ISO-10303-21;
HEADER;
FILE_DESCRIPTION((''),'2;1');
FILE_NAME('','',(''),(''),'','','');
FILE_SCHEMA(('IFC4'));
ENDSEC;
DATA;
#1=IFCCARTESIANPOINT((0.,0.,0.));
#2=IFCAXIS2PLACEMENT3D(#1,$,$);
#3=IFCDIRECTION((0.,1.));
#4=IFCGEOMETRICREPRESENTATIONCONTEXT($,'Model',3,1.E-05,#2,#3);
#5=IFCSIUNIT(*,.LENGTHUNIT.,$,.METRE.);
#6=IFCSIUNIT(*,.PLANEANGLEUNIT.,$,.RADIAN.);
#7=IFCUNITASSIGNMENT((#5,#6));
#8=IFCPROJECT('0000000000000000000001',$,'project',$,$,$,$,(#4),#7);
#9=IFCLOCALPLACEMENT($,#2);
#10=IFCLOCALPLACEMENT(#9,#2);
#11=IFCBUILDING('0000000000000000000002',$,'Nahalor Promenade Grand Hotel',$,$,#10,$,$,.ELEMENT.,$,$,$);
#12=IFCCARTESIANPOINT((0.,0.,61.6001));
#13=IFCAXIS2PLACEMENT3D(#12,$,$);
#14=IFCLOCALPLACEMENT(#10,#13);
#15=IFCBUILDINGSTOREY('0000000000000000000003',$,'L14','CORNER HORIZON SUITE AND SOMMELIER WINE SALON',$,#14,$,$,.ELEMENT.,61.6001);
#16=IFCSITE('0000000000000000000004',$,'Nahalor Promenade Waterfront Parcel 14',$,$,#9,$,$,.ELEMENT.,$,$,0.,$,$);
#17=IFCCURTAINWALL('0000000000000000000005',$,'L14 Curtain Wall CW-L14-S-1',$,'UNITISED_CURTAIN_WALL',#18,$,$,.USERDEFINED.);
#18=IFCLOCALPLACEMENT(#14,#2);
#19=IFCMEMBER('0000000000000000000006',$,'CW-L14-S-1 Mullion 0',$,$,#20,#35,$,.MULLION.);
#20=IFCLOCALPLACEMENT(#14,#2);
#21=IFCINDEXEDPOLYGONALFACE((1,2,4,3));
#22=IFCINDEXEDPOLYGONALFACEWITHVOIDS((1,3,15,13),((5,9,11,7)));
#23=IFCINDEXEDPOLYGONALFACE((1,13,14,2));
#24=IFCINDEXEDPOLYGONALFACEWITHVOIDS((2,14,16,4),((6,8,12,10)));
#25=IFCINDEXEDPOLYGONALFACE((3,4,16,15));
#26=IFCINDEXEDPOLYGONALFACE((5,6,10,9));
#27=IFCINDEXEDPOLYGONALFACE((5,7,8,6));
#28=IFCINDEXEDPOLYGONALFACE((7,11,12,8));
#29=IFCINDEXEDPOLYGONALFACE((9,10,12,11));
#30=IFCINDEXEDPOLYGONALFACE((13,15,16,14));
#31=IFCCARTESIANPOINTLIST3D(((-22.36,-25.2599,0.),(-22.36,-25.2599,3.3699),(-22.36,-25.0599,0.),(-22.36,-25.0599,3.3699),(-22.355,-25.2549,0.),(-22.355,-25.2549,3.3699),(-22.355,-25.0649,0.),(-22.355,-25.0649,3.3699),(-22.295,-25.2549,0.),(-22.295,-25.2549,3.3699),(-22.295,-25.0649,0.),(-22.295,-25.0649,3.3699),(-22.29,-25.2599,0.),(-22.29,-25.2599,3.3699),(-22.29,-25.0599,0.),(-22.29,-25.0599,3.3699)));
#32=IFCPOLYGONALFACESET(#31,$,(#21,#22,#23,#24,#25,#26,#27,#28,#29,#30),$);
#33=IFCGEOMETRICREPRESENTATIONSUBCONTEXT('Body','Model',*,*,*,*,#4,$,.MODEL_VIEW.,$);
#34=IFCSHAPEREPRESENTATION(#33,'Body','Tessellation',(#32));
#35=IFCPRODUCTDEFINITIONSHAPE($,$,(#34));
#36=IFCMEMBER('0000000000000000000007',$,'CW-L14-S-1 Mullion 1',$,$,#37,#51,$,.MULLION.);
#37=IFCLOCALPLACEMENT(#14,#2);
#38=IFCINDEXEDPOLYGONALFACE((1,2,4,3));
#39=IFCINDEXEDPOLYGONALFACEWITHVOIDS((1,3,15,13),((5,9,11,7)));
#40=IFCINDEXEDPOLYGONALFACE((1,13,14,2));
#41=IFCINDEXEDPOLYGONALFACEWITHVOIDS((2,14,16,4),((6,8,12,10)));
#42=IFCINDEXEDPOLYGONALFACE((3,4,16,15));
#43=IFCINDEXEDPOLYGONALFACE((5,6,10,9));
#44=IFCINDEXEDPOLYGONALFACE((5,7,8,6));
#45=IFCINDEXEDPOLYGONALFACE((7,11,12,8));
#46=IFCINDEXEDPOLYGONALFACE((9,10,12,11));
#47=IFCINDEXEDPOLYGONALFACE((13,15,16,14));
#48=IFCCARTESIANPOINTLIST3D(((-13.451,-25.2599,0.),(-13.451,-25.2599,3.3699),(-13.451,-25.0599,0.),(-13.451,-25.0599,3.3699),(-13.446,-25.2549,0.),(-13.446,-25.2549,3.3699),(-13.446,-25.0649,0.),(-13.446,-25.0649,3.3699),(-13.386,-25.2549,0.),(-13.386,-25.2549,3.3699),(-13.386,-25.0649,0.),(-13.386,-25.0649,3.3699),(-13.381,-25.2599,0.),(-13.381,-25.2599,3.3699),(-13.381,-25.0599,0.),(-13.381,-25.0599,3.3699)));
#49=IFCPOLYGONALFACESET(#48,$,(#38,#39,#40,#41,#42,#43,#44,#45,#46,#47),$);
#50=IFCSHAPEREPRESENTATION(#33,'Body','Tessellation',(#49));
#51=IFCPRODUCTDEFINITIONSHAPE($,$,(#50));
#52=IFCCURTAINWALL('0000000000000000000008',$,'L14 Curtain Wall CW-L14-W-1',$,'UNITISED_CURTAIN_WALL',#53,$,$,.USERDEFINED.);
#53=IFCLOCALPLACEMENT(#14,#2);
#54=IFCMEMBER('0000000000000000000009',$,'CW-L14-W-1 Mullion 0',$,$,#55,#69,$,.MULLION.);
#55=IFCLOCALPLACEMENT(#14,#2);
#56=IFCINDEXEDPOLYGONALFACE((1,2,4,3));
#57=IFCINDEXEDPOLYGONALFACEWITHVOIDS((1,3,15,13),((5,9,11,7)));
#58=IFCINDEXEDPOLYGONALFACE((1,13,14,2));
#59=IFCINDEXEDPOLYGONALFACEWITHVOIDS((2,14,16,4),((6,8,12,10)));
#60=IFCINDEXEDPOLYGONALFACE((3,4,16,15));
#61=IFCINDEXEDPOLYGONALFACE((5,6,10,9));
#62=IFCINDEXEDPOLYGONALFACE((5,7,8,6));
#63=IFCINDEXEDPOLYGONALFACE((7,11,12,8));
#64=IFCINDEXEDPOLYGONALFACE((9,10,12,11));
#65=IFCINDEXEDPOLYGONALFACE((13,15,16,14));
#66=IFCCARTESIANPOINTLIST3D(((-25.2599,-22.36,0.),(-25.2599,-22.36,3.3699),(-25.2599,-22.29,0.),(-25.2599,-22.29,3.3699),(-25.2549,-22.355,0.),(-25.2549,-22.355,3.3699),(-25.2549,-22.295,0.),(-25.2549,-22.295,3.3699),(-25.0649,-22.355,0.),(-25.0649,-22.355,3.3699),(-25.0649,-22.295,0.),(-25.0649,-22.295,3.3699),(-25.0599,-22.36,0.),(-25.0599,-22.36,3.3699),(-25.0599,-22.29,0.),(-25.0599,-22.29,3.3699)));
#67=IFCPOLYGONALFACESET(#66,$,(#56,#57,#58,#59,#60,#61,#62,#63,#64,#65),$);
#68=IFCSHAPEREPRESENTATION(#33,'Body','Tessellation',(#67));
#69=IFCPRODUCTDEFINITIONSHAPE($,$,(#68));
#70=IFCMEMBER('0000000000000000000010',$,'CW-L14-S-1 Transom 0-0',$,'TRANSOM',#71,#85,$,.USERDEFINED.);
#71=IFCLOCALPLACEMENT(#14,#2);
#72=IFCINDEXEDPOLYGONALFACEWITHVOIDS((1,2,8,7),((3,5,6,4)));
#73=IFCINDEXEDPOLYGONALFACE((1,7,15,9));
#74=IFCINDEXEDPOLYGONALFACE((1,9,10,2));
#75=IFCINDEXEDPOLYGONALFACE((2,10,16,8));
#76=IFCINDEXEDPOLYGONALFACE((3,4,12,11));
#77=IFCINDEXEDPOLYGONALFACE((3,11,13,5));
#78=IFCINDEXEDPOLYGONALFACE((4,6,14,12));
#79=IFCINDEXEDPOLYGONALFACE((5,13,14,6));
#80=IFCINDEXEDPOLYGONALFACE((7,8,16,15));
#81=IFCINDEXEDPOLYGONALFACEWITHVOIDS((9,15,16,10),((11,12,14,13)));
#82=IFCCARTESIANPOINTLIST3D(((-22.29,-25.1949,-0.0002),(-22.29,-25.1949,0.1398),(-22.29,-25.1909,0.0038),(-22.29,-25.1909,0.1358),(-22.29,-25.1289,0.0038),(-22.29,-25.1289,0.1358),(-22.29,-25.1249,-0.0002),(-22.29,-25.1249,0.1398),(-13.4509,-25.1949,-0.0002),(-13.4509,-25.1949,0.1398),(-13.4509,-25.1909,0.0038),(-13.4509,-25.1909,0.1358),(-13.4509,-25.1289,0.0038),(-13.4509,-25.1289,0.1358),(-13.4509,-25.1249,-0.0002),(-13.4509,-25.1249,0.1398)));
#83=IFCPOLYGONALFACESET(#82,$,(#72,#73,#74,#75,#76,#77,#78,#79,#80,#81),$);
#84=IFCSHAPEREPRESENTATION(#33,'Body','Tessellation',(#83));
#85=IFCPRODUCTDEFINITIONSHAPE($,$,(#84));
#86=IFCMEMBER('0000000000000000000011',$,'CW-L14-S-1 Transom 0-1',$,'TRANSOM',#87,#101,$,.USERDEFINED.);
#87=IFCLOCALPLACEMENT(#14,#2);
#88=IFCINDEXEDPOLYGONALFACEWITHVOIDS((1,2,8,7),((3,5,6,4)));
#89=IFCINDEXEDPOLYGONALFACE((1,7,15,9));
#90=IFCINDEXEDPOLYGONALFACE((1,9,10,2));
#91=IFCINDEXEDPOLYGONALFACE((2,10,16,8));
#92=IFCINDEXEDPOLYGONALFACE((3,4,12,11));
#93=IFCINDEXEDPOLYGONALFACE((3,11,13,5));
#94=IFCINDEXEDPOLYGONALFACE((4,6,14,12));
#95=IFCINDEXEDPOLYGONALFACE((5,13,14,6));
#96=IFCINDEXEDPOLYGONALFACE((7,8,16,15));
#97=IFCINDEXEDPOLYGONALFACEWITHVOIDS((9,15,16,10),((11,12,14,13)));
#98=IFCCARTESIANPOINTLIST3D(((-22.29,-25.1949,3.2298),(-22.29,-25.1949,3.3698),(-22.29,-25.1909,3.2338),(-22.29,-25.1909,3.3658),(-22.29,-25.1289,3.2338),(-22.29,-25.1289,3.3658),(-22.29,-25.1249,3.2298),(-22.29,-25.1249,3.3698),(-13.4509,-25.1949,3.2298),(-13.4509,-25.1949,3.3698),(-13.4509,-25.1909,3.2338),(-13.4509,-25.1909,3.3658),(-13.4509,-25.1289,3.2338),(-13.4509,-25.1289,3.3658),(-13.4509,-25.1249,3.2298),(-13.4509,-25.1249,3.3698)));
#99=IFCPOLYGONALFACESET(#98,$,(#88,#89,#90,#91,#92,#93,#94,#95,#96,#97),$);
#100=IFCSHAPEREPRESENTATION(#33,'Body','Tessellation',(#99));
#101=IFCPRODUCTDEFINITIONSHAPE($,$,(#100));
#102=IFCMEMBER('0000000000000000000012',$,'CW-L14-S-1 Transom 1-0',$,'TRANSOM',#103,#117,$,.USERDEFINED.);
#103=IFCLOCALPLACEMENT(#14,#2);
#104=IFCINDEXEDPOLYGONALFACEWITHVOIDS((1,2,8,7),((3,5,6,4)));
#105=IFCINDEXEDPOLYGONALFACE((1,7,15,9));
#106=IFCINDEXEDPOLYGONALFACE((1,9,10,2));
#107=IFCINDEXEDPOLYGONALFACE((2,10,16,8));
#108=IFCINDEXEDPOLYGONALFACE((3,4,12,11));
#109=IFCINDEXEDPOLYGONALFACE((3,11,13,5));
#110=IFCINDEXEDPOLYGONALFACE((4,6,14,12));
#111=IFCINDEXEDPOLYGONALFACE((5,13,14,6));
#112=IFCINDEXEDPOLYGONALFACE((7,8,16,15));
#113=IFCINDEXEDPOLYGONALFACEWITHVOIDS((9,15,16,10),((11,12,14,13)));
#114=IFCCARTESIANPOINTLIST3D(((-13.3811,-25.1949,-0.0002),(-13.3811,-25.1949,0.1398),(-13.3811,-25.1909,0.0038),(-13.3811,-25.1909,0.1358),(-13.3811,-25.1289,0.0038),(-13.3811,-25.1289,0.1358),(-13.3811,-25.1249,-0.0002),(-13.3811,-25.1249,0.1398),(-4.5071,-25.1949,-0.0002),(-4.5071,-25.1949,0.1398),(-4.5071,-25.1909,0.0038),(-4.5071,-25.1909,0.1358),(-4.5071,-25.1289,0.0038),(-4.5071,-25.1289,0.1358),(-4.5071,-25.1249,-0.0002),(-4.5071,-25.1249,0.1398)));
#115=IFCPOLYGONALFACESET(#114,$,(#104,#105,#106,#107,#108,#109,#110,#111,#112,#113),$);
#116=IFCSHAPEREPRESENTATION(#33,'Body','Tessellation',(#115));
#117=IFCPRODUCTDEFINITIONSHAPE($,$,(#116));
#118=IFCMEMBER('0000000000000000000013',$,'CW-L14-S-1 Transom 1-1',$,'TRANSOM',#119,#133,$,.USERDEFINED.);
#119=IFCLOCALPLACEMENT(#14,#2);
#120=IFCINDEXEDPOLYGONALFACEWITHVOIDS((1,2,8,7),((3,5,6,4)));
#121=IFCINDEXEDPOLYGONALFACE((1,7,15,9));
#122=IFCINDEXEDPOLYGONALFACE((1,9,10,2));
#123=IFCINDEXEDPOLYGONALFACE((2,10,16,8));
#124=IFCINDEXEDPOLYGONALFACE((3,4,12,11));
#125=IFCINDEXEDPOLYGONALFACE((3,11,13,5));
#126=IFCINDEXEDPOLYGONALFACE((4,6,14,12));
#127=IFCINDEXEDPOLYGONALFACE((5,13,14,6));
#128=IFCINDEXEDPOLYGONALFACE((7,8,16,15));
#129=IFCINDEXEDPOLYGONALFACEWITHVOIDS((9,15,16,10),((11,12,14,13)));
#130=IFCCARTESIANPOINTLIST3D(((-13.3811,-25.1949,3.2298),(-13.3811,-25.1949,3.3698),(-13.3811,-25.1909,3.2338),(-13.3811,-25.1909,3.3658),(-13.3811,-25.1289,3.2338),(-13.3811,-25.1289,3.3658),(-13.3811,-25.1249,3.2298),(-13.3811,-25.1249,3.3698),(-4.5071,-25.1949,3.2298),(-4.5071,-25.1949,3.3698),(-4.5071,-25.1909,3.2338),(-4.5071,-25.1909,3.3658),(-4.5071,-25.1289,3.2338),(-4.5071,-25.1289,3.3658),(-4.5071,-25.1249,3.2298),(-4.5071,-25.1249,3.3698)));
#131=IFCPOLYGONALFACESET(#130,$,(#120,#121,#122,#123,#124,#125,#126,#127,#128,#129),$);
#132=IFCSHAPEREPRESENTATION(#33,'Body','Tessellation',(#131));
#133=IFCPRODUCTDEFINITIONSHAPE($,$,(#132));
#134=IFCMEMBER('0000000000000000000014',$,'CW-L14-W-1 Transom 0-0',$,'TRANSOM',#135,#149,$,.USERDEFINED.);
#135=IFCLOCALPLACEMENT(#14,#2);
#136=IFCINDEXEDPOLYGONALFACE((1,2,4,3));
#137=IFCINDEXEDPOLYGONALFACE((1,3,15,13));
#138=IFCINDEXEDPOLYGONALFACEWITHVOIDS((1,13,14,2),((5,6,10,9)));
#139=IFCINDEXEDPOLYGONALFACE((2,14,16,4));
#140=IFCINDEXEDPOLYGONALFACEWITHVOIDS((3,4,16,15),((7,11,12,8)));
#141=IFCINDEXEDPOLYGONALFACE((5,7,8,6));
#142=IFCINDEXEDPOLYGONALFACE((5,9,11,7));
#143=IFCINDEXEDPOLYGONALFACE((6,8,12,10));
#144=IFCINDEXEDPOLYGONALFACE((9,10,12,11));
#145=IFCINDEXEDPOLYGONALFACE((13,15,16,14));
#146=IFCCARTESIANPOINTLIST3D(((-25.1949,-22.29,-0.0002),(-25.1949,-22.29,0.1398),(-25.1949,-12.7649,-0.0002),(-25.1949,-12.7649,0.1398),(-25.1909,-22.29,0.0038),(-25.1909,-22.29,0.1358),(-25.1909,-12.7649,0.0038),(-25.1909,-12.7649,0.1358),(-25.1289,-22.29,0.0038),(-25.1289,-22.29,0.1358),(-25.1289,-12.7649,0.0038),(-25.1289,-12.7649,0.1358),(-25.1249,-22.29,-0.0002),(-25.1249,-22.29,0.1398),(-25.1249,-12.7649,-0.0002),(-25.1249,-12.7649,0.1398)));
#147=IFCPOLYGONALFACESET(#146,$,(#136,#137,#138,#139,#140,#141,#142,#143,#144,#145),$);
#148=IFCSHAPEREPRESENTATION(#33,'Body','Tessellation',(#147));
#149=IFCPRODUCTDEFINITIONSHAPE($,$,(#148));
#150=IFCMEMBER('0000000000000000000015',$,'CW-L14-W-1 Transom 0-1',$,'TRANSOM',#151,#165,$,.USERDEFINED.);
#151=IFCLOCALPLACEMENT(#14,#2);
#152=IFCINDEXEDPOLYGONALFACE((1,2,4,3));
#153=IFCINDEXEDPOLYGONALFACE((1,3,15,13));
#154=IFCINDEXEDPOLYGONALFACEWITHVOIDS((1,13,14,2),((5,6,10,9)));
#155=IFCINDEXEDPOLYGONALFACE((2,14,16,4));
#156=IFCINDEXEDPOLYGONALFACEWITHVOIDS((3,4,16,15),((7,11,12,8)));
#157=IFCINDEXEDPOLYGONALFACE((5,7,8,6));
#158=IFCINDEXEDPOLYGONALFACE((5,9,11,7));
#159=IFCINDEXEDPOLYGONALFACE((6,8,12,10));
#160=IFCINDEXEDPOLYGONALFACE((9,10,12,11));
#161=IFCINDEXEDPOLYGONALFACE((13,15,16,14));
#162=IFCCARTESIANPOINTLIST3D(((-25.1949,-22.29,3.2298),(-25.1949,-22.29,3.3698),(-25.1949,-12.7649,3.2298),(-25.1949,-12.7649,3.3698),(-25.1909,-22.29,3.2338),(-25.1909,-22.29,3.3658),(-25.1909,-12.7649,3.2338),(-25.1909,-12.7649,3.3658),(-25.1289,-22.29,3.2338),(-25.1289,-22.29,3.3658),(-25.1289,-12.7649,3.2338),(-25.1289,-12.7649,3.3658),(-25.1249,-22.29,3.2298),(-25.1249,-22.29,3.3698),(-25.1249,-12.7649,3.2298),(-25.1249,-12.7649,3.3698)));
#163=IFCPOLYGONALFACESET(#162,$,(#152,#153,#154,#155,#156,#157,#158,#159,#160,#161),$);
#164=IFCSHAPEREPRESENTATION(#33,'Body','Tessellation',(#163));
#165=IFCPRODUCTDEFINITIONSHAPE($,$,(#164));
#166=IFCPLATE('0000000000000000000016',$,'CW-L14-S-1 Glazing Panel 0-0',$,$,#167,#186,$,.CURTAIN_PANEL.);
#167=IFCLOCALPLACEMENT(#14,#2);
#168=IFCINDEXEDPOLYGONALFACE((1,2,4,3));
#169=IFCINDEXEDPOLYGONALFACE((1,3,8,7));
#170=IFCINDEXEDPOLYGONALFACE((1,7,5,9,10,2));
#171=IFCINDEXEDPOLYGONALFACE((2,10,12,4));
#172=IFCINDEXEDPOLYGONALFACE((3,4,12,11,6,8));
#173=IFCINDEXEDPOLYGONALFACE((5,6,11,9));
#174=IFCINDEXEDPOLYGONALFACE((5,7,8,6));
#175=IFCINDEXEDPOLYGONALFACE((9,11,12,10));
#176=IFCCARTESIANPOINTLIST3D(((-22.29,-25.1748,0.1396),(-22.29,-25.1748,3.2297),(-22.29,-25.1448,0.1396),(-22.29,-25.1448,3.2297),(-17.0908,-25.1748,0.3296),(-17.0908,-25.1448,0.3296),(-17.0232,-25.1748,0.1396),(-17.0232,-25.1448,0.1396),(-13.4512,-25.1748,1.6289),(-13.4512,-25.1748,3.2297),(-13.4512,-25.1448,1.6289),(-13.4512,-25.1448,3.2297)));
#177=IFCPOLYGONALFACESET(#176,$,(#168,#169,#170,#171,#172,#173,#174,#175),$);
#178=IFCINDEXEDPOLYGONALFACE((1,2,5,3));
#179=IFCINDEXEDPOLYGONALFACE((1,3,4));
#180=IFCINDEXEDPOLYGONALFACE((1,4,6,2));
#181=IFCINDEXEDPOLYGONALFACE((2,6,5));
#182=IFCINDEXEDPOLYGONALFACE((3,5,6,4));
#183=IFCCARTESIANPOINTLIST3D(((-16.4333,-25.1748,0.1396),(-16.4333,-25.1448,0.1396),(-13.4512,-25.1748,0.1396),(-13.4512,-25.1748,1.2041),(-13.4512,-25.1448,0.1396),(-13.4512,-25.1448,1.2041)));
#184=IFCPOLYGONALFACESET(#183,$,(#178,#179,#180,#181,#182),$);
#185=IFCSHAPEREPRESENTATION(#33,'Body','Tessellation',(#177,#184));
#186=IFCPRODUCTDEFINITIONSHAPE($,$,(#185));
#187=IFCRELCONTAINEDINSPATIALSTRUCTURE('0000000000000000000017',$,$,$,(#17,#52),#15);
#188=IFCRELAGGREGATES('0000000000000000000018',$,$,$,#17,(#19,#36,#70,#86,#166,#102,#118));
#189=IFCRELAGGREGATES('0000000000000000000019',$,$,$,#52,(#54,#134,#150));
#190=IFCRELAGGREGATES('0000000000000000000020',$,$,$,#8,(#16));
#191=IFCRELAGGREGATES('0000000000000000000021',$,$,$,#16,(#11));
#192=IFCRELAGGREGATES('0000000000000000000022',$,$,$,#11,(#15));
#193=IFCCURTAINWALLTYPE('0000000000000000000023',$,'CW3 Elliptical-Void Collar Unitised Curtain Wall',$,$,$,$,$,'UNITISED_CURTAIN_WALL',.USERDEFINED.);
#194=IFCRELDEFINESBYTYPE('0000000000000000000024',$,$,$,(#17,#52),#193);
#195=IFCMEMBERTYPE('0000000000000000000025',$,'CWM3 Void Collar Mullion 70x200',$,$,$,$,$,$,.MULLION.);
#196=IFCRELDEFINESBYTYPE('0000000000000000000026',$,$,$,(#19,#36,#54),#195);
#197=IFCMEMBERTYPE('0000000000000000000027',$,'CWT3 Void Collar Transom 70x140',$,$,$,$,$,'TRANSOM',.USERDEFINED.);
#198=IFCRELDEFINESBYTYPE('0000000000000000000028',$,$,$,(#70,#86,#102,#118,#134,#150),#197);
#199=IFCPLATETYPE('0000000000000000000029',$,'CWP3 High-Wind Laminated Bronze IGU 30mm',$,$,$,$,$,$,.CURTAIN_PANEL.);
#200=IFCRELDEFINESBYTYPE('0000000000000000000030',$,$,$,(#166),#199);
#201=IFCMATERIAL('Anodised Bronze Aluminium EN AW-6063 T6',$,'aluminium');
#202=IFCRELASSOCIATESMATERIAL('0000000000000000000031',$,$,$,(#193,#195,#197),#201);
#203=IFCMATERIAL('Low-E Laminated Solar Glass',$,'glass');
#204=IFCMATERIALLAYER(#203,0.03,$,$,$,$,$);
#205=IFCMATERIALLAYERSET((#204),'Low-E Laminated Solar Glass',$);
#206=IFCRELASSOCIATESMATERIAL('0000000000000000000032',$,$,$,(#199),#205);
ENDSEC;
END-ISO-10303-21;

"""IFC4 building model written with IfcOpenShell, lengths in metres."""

from ifc_helpers import new_model, si_unit, direction, frame, origin, origin_2d, place, context, subcontext, project, spatial, polyline, hollow_rectangle, outline, extrude, source, transform, mapped, material, layer, layer_set, material_profile, profile_set, type_object, element, aggregate, save


model = new_model("IFC4")

# Units and contexts
model_context = context("Model", 3, precision=1e-05, world=origin(), true_north=direction((0.0, 1.0)))
body_context = subcontext(model_context, "Body", "Model", "MODEL_VIEW")
ifc_project = project(units=[si_unit("LENGTHUNIT", "METRE"), si_unit("PLANEANGLEUNIT", "RADIAN")], contexts=[model_context])

# Site, building, storey
site_placement = place(None, origin())
site = spatial("IfcSite", under=ifc_project, at=site_placement, Name="Nahalor Promenade Waterfront Parcel 14", CompositionType="ELEMENT", RefElevation=0.0)
building_placement = place(site_placement, origin())
building = spatial("IfcBuilding", under=site, at=building_placement, Name="Nahalor Promenade Grand Hotel", CompositionType="ELEMENT")
storey_placement = place(building_placement, frame((0.0, 0.0, 61.6001)))
storey = spatial("IfcBuildingStorey", under=building, at=storey_placement, Name="L14", Description="CORNER HORIZON SUITE AND SOMMELIER WINE SALON", CompositionType="ELEMENT", Elevation=61.6001)

# Curtain wall, members
ifc_material_1 = material(Name="Anodised Bronze Aluminium EN AW-6063 T6", Category="aluminium")
curtain_wall_type = type_object("IfcCurtainWallType", Name="CW3 Elliptical-Void Collar Unitised Curtain Wall", ElementType="UNITISED_CURTAIN_WALL", PredefinedType="USERDEFINED", material=ifc_material_1)
curtain_wall_1_placement = place(storey_placement, origin())
curtain_wall_1 = element("IfcCurtainWall", 1, at=curtain_wall_1_placement, inside=storey, type_object=curtain_wall_type, Name="L14 Curtain Wall CW-L14-S-1", ObjectType="UNITISED_CURTAIN_WALL", PredefinedType="USERDEFINED")
ifc_material_profile_1 = material_profile(ifc_material_1, hollow_rectangle(XDim=0.07, YDim=0.2, WallThickness=0.005, at=origin_2d()), Name="CWM 70x200x5")
ifc_profile_set_1 = profile_set([ifc_material_profile_1], Name="Anodised Bronze Aluminium EN AW-6063 T6")
member_type_1 = type_object("IfcMemberType", Name="CWM3 Void Collar Mullion 70x200", PredefinedType="MULLION", material=ifc_profile_set_1)
shared_shape_1 = source(origin(), body_context, "Body", "SweptSolid", [
    extrude(hollow_rectangle(XDim=0.07, YDim=0.2, WallThickness=0.005, at=origin_2d()), origin(), (0.0, 0.0, 1.0), 3.3699),
])
member_1_placement = place(storey_placement, frame((-22.325, -25.1599, 0.0), z_axis=(0.0, 0.0, 1.0), x_axis=(1.0, 0.0, 0.0)))
member_1 = element("IfcMember", 2, at=member_1_placement, type_object=member_type_1, Name="CW-L14-S-1 Mullion 0", PredefinedType="MULLION", context=body_context, shape_type="MappedRepresentation", body=[
    mapped(shared_shape_1, transform((0.0, 0.0, 0.0), scale=1.0)),
])
member_2_placement = place(storey_placement, frame((-13.416, -25.1599, 0.0), z_axis=(0.0, 0.0, 1.0), x_axis=(1.0, 0.0, 0.0)))
member_2 = element("IfcMember", 3, at=member_2_placement, type_object=member_type_1, Name="CW-L14-S-1 Mullion 1", PredefinedType="MULLION", context=body_context, shape_type="MappedRepresentation", body=[
    mapped(shared_shape_1, transform((0.0, 0.0, 0.0), scale=1.0)),
])

# Curtain wall, member
curtain_wall_2_placement = place(storey_placement, origin())
curtain_wall_2 = element("IfcCurtainWall", 4, at=curtain_wall_2_placement, inside=storey, type_object=curtain_wall_type, Name="L14 Curtain Wall CW-L14-W-1", ObjectType="UNITISED_CURTAIN_WALL", PredefinedType="USERDEFINED")
member_3_placement = place(storey_placement, frame((-25.1599, -22.325, 0.0), z_axis=(0.0, 0.0, 1.0), x_axis=(0.0, 1.0, 0.0)))
member_3 = element("IfcMember", 5, at=member_3_placement, type_object=member_type_1, Name="CW-L14-W-1 Mullion 0", PredefinedType="MULLION", context=body_context, shape_type="MappedRepresentation", body=[
    mapped(shared_shape_1, transform((0.0, 0.0, 0.0), scale=1.0)),
])

# Members
ifc_material_profile_2 = material_profile(ifc_material_1, hollow_rectangle(XDim=0.07, YDim=0.14, WallThickness=0.004, at=origin_2d()), Name="CWT 70x140x4")
ifc_profile_set_2 = profile_set([ifc_material_profile_2], Name="Anodised Bronze Aluminium EN AW-6063 T6")
member_type_2 = type_object("IfcMemberType", Name="CWT3 Void Collar Transom 70x140", ElementType="TRANSOM", PredefinedType="USERDEFINED", material=ifc_profile_set_2)
shared_shape_2 = source(origin(), body_context, "Body", "SweptSolid", [
    extrude(hollow_rectangle(XDim=0.07, YDim=0.14, WallThickness=0.004, at=origin_2d()), origin(), (0.0, 0.0, 1.0), 8.8391),
])
member_4_placement = place(storey_placement, frame((-22.29, -25.1599, 0.0698), z_axis=(1.0, 0.0, 0.0), x_axis=(0.0, 1.0, 0.0)))
member_4 = element("IfcMember", 6, at=member_4_placement, type_object=member_type_2, Name="CW-L14-S-1 Transom 0-0", ObjectType="TRANSOM", PredefinedType="USERDEFINED", context=body_context, shape_type="MappedRepresentation", body=[
    mapped(shared_shape_2, transform((0.0, 0.0, 0.0), scale=1.0)),
])
member_5_placement = place(storey_placement, frame((-22.29, -25.1599, 3.2998), z_axis=(1.0, 0.0, 0.0), x_axis=(0.0, 1.0, 0.0)))
member_5 = element("IfcMember", 7, at=member_5_placement, type_object=member_type_2, Name="CW-L14-S-1 Transom 0-1", ObjectType="TRANSOM", PredefinedType="USERDEFINED", context=body_context, shape_type="MappedRepresentation", body=[
    mapped(shared_shape_2, transform((0.0, 0.0, 0.0), scale=1.0)),
])
shared_shape_3 = source(origin(), body_context, "Body", "SweptSolid", [
    extrude(hollow_rectangle(XDim=0.07, YDim=0.14, WallThickness=0.004, at=origin_2d()), origin(), (0.0, 0.0, 1.0), 8.874),
])
member_6_placement = place(storey_placement, frame((-13.3811, -25.1599, 0.0698), z_axis=(1.0, 0.0, 0.0), x_axis=(0.0, 1.0, 0.0)))
member_6 = element("IfcMember", 8, at=member_6_placement, type_object=member_type_2, Name="CW-L14-S-1 Transom 1-0", ObjectType="TRANSOM", PredefinedType="USERDEFINED", context=body_context, shape_type="MappedRepresentation", body=[
    mapped(shared_shape_3, transform((0.0, 0.0, 0.0), scale=1.0)),
])
member_7_placement = place(storey_placement, frame((-13.3811, -25.1599, 3.2998), z_axis=(1.0, 0.0, 0.0), x_axis=(0.0, 1.0, 0.0)))
member_7 = element("IfcMember", 9, at=member_7_placement, type_object=member_type_2, Name="CW-L14-S-1 Transom 1-1", ObjectType="TRANSOM", PredefinedType="USERDEFINED", context=body_context, shape_type="MappedRepresentation", body=[
    mapped(shared_shape_3, transform((0.0, 0.0, 0.0), scale=1.0)),
])
shared_shape_4 = source(origin(), body_context, "Body", "SweptSolid", [
    extrude(hollow_rectangle(XDim=0.07, YDim=0.14, WallThickness=0.004, at=origin_2d()), origin(), (0.0, 0.0, 1.0), 9.5251),
])
member_8_placement = place(storey_placement, frame((-25.1599, -22.29, 0.0698), z_axis=(0.0, 1.0, 0.0), x_axis=(-1.0, 0.0, 0.0)))
member_8 = element("IfcMember", 10, at=member_8_placement, type_object=member_type_2, Name="CW-L14-W-1 Transom 0-0", ObjectType="TRANSOM", PredefinedType="USERDEFINED", context=body_context, shape_type="MappedRepresentation", body=[
    mapped(shared_shape_4, transform((0.0, 0.0, 0.0), scale=1.0)),
])
member_9_placement = place(storey_placement, frame((-25.1599, -22.29, 3.2998), z_axis=(0.0, 1.0, 0.0), x_axis=(-1.0, 0.0, 0.0)))
member_9 = element("IfcMember", 11, at=member_9_placement, type_object=member_type_2, Name="CW-L14-W-1 Transom 0-1", ObjectType="TRANSOM", PredefinedType="USERDEFINED", context=body_context, shape_type="MappedRepresentation", body=[
    mapped(shared_shape_4, transform((0.0, 0.0, 0.0), scale=1.0)),
])

# Plate
ifc_material_2 = material(Name="Low-E Laminated Solar Glass", Category="glass")
ifc_layer_1 = layer(ifc_material_2, 0.03)
ifc_layer_set_1 = layer_set([ifc_layer_1], Name="Low-E Laminated Solar Glass")
plate_type = type_object("IfcPlateType", Name="CWP3 High-Wind Laminated Bronze IGU 30mm", PredefinedType="CURTAIN_PANEL", material=ifc_layer_set_1)
plate_1_placement = place(storey_placement, frame((-17.8706, -25.1599, 0.1396), z_axis=(0.0, 0.0, 1.0), x_axis=(1.0, 0.0, 0.0)))
plate_1 = element("IfcPlate", 12, at=plate_1_placement, type_object=plate_type, Name="CW-L14-S-1 Glazing Panel 0-0", PredefinedType="CURTAIN_PANEL", context=body_context, shape_type="SweptSolid", body=[
    extrude(outline(polyline([(-4.4194, 3.0901), (-4.4194, 0.0), (0.8474, 0.0), (0.7798, 0.1899), (4.4194, 1.4893), (4.4194, 3.0901), (-4.4194, 3.0901)])), frame((0.0, 0.0151, 0.0), z_axis=(0.0, -1.0, 0.0), x_axis=(1.0, 0.0, 0.0)), (0.0, 0.0, 1.0), 0.03),
    extrude(outline(polyline([(1.4373, 0.0), (4.4194, 0.0), (4.4194, 1.0645), (1.4373, 0.0)])), frame((0.0, 0.0151, 0.0), z_axis=(0.0, -1.0, 0.0), x_axis=(1.0, 0.0, 0.0)), (0.0, 0.0, 1.0), 0.03),
])
aggregate(curtain_wall_1, [member_1, member_2, member_4, member_5, plate_1, member_6, member_7])
aggregate(curtain_wall_2, [member_3, member_8, member_9])

save(model, "model.ifc")
